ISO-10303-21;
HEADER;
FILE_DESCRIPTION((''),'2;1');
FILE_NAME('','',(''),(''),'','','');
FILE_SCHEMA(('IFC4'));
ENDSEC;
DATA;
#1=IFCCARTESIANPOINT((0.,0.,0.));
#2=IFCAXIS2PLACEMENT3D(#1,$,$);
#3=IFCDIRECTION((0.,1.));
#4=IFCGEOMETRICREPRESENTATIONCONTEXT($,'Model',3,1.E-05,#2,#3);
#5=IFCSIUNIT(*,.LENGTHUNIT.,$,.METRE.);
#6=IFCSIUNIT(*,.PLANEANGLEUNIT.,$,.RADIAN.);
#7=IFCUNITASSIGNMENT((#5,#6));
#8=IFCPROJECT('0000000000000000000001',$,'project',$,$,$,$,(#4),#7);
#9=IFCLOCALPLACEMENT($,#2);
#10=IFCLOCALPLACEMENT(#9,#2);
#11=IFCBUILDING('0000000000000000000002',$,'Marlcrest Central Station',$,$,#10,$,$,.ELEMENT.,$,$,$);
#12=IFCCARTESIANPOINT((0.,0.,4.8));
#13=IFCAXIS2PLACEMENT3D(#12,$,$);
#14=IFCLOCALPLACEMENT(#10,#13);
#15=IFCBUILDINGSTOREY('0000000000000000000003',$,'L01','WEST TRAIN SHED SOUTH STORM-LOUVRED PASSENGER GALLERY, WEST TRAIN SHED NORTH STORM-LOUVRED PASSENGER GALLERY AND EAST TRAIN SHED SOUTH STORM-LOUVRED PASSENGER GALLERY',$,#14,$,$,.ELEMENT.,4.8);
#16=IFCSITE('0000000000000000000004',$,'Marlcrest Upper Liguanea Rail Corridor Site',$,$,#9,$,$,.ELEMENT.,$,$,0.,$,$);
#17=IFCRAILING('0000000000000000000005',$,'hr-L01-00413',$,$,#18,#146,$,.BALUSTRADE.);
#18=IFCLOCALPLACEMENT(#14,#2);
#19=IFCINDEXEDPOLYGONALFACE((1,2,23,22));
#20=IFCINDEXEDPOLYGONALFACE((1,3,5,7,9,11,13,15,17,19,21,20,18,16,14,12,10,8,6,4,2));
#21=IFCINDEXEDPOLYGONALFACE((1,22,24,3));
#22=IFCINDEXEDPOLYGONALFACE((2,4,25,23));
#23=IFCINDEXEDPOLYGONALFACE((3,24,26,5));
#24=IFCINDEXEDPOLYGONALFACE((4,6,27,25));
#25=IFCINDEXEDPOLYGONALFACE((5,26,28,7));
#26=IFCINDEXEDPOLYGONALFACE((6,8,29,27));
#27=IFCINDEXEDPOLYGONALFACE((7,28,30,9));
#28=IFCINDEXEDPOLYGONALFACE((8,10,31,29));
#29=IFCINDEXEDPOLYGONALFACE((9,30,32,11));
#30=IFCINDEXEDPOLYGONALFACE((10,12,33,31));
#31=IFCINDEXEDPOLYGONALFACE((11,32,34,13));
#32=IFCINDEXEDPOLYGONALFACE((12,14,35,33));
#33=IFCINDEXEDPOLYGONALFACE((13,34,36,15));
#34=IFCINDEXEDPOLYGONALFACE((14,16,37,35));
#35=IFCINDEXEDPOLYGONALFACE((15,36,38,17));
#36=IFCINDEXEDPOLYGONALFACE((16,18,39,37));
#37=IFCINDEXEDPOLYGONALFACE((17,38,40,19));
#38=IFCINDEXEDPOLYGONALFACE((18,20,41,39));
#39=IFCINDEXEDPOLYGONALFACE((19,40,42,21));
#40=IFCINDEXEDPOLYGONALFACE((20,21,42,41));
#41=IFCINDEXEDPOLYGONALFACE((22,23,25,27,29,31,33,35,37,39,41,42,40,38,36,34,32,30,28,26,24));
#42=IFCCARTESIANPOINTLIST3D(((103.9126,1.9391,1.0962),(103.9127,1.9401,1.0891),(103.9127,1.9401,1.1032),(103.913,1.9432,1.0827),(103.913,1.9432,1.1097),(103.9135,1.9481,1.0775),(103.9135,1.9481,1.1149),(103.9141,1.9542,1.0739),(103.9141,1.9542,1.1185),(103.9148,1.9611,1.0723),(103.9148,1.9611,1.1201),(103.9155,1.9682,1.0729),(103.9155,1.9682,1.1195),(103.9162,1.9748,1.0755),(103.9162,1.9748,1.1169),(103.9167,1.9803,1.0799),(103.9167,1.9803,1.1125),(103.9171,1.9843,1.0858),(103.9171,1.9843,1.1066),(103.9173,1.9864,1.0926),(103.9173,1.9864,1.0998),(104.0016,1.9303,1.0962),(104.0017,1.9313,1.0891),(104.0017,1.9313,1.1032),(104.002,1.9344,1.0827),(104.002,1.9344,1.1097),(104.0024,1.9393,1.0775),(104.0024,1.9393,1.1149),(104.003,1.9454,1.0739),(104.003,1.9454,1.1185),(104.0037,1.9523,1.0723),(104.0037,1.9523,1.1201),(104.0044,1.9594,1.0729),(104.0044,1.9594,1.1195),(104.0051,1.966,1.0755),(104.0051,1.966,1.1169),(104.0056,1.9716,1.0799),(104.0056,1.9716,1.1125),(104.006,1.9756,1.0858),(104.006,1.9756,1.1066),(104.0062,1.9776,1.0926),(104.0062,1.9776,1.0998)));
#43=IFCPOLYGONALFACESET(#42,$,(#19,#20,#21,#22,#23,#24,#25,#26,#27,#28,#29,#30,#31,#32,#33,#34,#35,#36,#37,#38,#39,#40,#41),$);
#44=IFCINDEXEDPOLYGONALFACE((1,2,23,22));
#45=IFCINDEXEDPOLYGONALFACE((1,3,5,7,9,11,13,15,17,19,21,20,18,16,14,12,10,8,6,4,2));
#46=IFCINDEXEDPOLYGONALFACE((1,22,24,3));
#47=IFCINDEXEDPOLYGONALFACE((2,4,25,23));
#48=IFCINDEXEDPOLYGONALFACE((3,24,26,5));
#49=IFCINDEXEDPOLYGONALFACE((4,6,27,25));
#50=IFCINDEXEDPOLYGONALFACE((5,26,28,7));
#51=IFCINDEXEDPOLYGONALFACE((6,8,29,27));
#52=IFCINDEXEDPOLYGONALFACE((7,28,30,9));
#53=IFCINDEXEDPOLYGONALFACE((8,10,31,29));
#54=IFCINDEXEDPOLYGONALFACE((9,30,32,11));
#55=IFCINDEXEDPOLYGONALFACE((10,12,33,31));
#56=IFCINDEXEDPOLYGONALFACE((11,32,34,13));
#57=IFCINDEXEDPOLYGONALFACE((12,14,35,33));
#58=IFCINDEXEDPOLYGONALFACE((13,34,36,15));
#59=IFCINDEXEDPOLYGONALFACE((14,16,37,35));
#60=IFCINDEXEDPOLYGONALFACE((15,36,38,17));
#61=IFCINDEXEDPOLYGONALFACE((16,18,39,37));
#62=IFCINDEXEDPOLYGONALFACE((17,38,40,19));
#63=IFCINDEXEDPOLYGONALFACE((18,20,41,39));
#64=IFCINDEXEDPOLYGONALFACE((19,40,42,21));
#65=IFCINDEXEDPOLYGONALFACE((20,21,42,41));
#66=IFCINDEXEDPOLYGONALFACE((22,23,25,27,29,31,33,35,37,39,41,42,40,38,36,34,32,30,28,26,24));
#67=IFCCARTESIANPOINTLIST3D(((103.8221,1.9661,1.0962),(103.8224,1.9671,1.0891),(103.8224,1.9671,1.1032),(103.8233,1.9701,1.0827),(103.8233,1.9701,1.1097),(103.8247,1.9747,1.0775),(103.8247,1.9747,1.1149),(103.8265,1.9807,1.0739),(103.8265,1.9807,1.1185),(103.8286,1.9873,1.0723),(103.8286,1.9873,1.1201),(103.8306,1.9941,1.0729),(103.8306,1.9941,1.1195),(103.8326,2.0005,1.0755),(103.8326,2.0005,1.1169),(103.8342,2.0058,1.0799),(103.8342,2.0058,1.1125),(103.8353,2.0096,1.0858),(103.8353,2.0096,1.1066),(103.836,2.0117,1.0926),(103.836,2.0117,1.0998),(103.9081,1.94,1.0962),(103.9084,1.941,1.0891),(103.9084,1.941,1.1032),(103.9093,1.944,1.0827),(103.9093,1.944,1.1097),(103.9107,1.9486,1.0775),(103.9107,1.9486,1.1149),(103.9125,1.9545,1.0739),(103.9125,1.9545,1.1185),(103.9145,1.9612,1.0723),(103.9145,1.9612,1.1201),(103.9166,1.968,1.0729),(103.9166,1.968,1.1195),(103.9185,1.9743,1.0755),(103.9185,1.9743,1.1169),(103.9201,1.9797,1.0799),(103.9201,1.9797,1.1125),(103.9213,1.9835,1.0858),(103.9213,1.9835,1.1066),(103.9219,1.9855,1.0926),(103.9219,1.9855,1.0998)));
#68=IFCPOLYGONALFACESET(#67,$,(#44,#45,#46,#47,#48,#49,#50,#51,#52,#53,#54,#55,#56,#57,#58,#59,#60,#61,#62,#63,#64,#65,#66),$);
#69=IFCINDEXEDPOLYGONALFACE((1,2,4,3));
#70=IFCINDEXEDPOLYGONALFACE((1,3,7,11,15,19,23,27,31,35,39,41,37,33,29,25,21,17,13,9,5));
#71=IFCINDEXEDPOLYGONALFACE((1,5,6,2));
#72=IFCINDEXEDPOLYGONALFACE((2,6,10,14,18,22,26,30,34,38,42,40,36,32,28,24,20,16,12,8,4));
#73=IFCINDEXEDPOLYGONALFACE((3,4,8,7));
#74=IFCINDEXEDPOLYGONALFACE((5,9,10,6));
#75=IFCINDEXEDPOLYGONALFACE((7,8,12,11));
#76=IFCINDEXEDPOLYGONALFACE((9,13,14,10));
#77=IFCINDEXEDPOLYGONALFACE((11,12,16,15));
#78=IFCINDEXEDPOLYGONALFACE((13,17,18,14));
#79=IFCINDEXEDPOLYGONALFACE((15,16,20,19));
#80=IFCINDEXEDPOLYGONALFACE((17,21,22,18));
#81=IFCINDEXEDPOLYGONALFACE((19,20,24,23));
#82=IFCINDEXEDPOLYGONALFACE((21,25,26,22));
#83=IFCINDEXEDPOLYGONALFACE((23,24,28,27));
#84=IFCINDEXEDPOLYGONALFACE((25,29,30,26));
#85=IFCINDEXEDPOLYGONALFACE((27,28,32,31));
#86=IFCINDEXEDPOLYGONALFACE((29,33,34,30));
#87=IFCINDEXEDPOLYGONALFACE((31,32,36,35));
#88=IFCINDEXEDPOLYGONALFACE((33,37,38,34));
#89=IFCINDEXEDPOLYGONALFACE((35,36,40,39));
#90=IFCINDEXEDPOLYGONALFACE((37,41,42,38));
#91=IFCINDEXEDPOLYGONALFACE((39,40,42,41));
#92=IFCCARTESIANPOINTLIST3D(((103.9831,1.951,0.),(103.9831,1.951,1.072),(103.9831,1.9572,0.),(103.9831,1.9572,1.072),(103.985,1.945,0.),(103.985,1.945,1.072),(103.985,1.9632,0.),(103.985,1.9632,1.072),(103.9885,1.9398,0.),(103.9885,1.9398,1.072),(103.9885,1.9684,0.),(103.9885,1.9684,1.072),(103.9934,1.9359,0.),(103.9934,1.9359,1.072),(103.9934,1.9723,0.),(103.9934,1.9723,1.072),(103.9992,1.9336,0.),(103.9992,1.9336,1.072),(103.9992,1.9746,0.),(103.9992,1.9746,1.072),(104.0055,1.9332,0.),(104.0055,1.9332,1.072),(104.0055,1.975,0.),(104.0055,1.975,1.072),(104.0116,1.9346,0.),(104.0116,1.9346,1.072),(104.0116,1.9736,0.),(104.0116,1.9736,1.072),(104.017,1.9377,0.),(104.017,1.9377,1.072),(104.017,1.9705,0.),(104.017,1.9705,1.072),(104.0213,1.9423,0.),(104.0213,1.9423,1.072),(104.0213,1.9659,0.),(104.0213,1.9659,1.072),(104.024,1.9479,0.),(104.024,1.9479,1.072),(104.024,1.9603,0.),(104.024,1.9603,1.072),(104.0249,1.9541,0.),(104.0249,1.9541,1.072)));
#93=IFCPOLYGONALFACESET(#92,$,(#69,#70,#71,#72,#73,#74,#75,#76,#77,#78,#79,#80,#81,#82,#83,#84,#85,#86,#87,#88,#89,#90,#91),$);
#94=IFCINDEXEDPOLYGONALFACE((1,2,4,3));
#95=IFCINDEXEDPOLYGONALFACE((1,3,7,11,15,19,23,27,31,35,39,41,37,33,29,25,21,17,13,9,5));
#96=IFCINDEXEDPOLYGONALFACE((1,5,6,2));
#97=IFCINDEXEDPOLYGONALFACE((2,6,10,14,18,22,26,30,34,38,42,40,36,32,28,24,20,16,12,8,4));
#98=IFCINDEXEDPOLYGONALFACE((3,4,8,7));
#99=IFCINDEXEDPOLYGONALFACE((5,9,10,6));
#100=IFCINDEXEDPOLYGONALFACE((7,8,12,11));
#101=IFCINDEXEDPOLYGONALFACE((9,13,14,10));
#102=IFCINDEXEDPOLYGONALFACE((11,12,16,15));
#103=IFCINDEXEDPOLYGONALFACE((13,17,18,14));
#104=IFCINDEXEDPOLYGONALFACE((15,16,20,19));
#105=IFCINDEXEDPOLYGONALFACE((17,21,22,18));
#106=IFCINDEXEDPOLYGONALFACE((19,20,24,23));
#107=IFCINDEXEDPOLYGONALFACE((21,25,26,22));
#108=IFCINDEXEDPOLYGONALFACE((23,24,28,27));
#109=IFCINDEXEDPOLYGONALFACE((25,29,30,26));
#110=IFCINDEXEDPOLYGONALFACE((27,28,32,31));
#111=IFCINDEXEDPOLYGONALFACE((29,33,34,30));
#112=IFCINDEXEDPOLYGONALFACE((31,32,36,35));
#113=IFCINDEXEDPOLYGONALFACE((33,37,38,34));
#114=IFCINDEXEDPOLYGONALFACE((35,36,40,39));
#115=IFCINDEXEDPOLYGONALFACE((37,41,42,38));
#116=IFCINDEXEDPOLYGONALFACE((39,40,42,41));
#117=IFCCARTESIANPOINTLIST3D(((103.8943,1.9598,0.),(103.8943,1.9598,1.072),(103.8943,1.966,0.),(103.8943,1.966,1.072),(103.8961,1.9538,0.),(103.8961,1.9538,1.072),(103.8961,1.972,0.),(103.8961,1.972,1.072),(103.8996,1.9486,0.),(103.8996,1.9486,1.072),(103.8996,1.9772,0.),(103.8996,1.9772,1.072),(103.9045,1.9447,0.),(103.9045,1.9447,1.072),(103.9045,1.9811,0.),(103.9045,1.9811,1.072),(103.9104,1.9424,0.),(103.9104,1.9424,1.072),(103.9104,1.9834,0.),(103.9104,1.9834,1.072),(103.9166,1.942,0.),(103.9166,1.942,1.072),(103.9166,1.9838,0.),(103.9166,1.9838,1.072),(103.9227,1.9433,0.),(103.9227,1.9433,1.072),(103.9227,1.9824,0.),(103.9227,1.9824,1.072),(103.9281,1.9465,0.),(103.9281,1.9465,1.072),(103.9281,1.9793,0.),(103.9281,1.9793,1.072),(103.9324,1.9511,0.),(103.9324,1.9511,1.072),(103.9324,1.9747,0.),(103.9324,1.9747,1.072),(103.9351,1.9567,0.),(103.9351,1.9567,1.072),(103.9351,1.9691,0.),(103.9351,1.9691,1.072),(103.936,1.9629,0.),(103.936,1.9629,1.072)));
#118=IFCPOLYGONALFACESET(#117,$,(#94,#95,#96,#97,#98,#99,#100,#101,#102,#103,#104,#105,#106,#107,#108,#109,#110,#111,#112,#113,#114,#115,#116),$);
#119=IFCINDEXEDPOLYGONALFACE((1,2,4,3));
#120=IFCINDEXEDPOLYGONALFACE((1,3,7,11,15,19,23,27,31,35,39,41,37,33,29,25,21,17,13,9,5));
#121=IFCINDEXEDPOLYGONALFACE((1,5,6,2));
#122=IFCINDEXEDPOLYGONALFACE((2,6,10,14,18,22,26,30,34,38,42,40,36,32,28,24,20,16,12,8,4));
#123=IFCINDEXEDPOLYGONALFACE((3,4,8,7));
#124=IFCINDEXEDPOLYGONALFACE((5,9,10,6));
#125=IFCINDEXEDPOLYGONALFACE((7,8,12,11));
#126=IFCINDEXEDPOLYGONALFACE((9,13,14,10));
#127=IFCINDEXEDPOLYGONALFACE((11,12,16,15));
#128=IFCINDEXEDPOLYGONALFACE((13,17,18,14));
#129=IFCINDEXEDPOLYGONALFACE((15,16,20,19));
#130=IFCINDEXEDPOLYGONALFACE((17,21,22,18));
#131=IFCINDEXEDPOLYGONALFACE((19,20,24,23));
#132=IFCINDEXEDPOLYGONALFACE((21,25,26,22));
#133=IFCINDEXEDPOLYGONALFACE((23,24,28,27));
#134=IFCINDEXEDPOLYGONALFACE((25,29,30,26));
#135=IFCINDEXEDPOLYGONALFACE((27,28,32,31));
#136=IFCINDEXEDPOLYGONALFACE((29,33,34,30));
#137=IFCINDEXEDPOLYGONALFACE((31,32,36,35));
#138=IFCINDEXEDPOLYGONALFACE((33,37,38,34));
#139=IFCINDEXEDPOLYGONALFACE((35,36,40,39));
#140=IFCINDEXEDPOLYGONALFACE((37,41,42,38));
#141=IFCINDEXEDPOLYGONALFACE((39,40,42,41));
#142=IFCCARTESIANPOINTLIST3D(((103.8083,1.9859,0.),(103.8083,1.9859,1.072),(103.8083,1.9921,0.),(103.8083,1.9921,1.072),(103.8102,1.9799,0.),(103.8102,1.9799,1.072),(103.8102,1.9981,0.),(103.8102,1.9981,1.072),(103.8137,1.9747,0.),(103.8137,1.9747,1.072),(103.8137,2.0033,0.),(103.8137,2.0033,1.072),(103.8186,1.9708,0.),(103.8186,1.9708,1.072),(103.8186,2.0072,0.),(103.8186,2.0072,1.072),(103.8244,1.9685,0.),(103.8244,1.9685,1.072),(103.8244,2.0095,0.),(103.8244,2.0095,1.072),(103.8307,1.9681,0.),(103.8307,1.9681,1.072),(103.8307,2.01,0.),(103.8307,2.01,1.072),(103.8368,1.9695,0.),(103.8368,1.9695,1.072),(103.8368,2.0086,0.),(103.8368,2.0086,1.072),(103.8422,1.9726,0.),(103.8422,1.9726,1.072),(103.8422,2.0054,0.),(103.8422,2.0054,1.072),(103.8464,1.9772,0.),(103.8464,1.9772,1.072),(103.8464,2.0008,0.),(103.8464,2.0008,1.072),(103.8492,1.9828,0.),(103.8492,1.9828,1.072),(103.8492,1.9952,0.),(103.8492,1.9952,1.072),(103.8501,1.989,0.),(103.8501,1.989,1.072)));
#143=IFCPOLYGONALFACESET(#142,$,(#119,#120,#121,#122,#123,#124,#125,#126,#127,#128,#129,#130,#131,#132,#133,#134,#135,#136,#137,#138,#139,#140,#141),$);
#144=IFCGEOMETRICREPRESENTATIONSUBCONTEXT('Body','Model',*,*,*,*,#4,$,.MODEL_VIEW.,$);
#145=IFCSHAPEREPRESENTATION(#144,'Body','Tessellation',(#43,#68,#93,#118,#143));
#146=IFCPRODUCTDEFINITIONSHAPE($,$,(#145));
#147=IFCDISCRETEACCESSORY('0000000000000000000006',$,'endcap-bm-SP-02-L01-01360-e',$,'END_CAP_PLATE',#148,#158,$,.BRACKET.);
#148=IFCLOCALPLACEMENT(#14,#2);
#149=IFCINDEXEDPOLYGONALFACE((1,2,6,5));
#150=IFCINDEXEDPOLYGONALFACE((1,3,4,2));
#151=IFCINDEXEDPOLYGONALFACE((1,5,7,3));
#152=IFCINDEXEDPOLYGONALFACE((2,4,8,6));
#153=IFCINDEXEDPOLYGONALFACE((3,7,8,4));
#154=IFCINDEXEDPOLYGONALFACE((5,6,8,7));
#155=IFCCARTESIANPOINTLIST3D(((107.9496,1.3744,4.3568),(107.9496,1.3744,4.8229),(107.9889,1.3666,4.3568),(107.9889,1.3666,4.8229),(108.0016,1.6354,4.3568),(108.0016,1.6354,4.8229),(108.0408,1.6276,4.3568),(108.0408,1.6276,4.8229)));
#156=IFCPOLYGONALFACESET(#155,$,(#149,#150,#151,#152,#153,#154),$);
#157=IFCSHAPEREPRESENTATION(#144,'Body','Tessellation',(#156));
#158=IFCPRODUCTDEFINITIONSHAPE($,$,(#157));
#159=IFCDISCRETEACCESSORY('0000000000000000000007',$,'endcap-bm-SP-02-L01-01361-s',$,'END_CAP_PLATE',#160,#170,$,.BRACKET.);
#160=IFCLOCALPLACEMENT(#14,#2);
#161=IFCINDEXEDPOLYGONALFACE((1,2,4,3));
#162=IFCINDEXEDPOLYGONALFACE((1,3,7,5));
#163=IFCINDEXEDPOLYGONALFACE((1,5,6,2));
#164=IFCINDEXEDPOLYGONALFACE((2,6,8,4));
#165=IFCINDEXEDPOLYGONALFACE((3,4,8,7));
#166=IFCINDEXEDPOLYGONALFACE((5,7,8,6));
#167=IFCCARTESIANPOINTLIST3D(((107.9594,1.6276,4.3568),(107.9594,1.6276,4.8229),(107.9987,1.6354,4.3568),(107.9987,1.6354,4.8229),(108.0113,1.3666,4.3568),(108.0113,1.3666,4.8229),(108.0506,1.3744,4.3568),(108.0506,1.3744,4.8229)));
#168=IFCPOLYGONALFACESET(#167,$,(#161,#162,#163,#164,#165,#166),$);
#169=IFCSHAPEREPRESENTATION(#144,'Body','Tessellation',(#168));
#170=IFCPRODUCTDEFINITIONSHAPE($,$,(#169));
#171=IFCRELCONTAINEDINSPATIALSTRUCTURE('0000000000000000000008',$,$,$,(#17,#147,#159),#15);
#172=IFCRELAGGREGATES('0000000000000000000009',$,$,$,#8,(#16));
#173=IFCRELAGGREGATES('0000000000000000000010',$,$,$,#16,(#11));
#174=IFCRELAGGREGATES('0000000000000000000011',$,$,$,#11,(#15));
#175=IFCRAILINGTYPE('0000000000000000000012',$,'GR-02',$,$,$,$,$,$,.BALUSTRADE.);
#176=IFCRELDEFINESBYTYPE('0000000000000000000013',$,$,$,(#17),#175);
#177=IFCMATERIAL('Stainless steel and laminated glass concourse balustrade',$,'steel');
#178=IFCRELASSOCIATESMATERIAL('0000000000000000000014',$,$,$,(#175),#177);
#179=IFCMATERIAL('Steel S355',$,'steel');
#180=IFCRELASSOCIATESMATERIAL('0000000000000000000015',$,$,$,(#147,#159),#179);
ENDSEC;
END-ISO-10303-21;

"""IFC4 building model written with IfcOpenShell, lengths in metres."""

from ifc_helpers import new_model, si_unit, direction, frame, origin, origin_2d, place, context, subcontext, project, spatial, rectangle, circle, extrude, material, type_object, element, save


model = new_model("IFC4")

# Units and contexts
model_context = context("Model", 3, precision=1e-05, world=origin(), true_north=direction((0.0, 1.0)))
body_context = subcontext(model_context, "Body", "Model", "MODEL_VIEW")
ifc_project = project(units=[si_unit("LENGTHUNIT", "METRE"), si_unit("PLANEANGLEUNIT", "RADIAN")], contexts=[model_context])

# Site, building, storey
site_placement = place(None, origin())
site = spatial("IfcSite", under=ifc_project, at=site_placement, Name="Marlcrest Upper Liguanea Rail Corridor Site", CompositionType="ELEMENT", RefElevation=0.0)
building_placement = place(site_placement, origin())
building = spatial("IfcBuilding", under=site, at=building_placement, Name="Marlcrest Central Station", CompositionType="ELEMENT")
storey_placement = place(building_placement, frame((0.0, 0.0, 4.8)))
storey = spatial("IfcBuildingStorey", under=building, at=storey_placement, Name="L01", Description="WEST TRAIN SHED SOUTH STORM-LOUVRED PASSENGER GALLERY, WEST TRAIN SHED NORTH STORM-LOUVRED PASSENGER GALLERY AND EAST TRAIN SHED SOUTH STORM-LOUVRED PASSENGER GALLERY", CompositionType="ELEMENT", Elevation=4.8)

# Railing
ifc_material_1 = material(Name="Stainless steel and laminated glass concourse balustrade", Category="steel")
railing_type = type_object("IfcRailingType", Name="GR-02", PredefinedType="BALUSTRADE", material=ifc_material_1)
railing_placement = place(storey_placement, frame((104.0039, 1.9541, 0.0)))
element("IfcRailing", 1, at=railing_placement, inside=storey, type_object=railing_type, Name="hr-L01-00413", PredefinedType="BALUSTRADE", context=body_context, shape_type="SweptSolid", body=[
    extrude(circle(Radius=0.0239, at=origin_2d()), frame((0.0, 0.0, 1.0962), z_axis=(-0.995145, 0.098421, 0.0), x_axis=(-0.098421, -0.995145, 0.0)), (0.0, 0.0, 1.0), 0.0894),
    extrude(circle(Radius=0.0239, at=origin_2d()), frame((-0.0889, 0.0088, 1.0962), z_axis=(-0.956773, 0.290837, 0.0), x_axis=(-0.290837, -0.956773, 0.0)), (0.0, 0.0, 1.0), 0.0898),
    extrude(circle(Radius=0.021, at=origin_2d()), origin(), (0.0, 0.0, 1.0), 1.072),
    extrude(circle(Radius=0.021, at=origin_2d()), frame((-0.0889, 0.0088, 0.0)), (0.0, 0.0, 1.0), 1.072),
    extrude(circle(Radius=0.021, at=origin_2d()), frame((-0.1748, 0.0349, 0.0)), (0.0, 0.0, 1.0), 1.072),
])

# Discrete accessories
ifc_material_2 = material(Name="Steel S355", Category="steel")
for number, where, z_axis, x_axis, name in (
    (2, (107.9756, 1.5049, 4.5898), (0.980769, -0.195171, 0.0), (0.195171, 0.980769, 0.0), "endcap-bm-SP-02-L01-01360-e"),
    (3, (107.9854, 1.4971, 4.5898), (0.980769, 0.195171, 0.0), (-0.195171, 0.980769, 0.0), "endcap-bm-SP-02-L01-01361-s"),
):
    element("IfcDiscreteAccessory", number, at=place(storey_placement, frame(where, z_axis=z_axis, x_axis=x_axis)), inside=storey, material=ifc_material_2, Name=name, ObjectType="END_CAP_PLATE", PredefinedType="BRACKET", context=body_context, shape_type="SweptSolid", body=[
        extrude(rectangle(XDim=0.2661, YDim=0.4661, at=origin_2d()), origin(), (0.0, 0.0, 1.0), 0.04),
    ])

save(model, "model.ifc")
